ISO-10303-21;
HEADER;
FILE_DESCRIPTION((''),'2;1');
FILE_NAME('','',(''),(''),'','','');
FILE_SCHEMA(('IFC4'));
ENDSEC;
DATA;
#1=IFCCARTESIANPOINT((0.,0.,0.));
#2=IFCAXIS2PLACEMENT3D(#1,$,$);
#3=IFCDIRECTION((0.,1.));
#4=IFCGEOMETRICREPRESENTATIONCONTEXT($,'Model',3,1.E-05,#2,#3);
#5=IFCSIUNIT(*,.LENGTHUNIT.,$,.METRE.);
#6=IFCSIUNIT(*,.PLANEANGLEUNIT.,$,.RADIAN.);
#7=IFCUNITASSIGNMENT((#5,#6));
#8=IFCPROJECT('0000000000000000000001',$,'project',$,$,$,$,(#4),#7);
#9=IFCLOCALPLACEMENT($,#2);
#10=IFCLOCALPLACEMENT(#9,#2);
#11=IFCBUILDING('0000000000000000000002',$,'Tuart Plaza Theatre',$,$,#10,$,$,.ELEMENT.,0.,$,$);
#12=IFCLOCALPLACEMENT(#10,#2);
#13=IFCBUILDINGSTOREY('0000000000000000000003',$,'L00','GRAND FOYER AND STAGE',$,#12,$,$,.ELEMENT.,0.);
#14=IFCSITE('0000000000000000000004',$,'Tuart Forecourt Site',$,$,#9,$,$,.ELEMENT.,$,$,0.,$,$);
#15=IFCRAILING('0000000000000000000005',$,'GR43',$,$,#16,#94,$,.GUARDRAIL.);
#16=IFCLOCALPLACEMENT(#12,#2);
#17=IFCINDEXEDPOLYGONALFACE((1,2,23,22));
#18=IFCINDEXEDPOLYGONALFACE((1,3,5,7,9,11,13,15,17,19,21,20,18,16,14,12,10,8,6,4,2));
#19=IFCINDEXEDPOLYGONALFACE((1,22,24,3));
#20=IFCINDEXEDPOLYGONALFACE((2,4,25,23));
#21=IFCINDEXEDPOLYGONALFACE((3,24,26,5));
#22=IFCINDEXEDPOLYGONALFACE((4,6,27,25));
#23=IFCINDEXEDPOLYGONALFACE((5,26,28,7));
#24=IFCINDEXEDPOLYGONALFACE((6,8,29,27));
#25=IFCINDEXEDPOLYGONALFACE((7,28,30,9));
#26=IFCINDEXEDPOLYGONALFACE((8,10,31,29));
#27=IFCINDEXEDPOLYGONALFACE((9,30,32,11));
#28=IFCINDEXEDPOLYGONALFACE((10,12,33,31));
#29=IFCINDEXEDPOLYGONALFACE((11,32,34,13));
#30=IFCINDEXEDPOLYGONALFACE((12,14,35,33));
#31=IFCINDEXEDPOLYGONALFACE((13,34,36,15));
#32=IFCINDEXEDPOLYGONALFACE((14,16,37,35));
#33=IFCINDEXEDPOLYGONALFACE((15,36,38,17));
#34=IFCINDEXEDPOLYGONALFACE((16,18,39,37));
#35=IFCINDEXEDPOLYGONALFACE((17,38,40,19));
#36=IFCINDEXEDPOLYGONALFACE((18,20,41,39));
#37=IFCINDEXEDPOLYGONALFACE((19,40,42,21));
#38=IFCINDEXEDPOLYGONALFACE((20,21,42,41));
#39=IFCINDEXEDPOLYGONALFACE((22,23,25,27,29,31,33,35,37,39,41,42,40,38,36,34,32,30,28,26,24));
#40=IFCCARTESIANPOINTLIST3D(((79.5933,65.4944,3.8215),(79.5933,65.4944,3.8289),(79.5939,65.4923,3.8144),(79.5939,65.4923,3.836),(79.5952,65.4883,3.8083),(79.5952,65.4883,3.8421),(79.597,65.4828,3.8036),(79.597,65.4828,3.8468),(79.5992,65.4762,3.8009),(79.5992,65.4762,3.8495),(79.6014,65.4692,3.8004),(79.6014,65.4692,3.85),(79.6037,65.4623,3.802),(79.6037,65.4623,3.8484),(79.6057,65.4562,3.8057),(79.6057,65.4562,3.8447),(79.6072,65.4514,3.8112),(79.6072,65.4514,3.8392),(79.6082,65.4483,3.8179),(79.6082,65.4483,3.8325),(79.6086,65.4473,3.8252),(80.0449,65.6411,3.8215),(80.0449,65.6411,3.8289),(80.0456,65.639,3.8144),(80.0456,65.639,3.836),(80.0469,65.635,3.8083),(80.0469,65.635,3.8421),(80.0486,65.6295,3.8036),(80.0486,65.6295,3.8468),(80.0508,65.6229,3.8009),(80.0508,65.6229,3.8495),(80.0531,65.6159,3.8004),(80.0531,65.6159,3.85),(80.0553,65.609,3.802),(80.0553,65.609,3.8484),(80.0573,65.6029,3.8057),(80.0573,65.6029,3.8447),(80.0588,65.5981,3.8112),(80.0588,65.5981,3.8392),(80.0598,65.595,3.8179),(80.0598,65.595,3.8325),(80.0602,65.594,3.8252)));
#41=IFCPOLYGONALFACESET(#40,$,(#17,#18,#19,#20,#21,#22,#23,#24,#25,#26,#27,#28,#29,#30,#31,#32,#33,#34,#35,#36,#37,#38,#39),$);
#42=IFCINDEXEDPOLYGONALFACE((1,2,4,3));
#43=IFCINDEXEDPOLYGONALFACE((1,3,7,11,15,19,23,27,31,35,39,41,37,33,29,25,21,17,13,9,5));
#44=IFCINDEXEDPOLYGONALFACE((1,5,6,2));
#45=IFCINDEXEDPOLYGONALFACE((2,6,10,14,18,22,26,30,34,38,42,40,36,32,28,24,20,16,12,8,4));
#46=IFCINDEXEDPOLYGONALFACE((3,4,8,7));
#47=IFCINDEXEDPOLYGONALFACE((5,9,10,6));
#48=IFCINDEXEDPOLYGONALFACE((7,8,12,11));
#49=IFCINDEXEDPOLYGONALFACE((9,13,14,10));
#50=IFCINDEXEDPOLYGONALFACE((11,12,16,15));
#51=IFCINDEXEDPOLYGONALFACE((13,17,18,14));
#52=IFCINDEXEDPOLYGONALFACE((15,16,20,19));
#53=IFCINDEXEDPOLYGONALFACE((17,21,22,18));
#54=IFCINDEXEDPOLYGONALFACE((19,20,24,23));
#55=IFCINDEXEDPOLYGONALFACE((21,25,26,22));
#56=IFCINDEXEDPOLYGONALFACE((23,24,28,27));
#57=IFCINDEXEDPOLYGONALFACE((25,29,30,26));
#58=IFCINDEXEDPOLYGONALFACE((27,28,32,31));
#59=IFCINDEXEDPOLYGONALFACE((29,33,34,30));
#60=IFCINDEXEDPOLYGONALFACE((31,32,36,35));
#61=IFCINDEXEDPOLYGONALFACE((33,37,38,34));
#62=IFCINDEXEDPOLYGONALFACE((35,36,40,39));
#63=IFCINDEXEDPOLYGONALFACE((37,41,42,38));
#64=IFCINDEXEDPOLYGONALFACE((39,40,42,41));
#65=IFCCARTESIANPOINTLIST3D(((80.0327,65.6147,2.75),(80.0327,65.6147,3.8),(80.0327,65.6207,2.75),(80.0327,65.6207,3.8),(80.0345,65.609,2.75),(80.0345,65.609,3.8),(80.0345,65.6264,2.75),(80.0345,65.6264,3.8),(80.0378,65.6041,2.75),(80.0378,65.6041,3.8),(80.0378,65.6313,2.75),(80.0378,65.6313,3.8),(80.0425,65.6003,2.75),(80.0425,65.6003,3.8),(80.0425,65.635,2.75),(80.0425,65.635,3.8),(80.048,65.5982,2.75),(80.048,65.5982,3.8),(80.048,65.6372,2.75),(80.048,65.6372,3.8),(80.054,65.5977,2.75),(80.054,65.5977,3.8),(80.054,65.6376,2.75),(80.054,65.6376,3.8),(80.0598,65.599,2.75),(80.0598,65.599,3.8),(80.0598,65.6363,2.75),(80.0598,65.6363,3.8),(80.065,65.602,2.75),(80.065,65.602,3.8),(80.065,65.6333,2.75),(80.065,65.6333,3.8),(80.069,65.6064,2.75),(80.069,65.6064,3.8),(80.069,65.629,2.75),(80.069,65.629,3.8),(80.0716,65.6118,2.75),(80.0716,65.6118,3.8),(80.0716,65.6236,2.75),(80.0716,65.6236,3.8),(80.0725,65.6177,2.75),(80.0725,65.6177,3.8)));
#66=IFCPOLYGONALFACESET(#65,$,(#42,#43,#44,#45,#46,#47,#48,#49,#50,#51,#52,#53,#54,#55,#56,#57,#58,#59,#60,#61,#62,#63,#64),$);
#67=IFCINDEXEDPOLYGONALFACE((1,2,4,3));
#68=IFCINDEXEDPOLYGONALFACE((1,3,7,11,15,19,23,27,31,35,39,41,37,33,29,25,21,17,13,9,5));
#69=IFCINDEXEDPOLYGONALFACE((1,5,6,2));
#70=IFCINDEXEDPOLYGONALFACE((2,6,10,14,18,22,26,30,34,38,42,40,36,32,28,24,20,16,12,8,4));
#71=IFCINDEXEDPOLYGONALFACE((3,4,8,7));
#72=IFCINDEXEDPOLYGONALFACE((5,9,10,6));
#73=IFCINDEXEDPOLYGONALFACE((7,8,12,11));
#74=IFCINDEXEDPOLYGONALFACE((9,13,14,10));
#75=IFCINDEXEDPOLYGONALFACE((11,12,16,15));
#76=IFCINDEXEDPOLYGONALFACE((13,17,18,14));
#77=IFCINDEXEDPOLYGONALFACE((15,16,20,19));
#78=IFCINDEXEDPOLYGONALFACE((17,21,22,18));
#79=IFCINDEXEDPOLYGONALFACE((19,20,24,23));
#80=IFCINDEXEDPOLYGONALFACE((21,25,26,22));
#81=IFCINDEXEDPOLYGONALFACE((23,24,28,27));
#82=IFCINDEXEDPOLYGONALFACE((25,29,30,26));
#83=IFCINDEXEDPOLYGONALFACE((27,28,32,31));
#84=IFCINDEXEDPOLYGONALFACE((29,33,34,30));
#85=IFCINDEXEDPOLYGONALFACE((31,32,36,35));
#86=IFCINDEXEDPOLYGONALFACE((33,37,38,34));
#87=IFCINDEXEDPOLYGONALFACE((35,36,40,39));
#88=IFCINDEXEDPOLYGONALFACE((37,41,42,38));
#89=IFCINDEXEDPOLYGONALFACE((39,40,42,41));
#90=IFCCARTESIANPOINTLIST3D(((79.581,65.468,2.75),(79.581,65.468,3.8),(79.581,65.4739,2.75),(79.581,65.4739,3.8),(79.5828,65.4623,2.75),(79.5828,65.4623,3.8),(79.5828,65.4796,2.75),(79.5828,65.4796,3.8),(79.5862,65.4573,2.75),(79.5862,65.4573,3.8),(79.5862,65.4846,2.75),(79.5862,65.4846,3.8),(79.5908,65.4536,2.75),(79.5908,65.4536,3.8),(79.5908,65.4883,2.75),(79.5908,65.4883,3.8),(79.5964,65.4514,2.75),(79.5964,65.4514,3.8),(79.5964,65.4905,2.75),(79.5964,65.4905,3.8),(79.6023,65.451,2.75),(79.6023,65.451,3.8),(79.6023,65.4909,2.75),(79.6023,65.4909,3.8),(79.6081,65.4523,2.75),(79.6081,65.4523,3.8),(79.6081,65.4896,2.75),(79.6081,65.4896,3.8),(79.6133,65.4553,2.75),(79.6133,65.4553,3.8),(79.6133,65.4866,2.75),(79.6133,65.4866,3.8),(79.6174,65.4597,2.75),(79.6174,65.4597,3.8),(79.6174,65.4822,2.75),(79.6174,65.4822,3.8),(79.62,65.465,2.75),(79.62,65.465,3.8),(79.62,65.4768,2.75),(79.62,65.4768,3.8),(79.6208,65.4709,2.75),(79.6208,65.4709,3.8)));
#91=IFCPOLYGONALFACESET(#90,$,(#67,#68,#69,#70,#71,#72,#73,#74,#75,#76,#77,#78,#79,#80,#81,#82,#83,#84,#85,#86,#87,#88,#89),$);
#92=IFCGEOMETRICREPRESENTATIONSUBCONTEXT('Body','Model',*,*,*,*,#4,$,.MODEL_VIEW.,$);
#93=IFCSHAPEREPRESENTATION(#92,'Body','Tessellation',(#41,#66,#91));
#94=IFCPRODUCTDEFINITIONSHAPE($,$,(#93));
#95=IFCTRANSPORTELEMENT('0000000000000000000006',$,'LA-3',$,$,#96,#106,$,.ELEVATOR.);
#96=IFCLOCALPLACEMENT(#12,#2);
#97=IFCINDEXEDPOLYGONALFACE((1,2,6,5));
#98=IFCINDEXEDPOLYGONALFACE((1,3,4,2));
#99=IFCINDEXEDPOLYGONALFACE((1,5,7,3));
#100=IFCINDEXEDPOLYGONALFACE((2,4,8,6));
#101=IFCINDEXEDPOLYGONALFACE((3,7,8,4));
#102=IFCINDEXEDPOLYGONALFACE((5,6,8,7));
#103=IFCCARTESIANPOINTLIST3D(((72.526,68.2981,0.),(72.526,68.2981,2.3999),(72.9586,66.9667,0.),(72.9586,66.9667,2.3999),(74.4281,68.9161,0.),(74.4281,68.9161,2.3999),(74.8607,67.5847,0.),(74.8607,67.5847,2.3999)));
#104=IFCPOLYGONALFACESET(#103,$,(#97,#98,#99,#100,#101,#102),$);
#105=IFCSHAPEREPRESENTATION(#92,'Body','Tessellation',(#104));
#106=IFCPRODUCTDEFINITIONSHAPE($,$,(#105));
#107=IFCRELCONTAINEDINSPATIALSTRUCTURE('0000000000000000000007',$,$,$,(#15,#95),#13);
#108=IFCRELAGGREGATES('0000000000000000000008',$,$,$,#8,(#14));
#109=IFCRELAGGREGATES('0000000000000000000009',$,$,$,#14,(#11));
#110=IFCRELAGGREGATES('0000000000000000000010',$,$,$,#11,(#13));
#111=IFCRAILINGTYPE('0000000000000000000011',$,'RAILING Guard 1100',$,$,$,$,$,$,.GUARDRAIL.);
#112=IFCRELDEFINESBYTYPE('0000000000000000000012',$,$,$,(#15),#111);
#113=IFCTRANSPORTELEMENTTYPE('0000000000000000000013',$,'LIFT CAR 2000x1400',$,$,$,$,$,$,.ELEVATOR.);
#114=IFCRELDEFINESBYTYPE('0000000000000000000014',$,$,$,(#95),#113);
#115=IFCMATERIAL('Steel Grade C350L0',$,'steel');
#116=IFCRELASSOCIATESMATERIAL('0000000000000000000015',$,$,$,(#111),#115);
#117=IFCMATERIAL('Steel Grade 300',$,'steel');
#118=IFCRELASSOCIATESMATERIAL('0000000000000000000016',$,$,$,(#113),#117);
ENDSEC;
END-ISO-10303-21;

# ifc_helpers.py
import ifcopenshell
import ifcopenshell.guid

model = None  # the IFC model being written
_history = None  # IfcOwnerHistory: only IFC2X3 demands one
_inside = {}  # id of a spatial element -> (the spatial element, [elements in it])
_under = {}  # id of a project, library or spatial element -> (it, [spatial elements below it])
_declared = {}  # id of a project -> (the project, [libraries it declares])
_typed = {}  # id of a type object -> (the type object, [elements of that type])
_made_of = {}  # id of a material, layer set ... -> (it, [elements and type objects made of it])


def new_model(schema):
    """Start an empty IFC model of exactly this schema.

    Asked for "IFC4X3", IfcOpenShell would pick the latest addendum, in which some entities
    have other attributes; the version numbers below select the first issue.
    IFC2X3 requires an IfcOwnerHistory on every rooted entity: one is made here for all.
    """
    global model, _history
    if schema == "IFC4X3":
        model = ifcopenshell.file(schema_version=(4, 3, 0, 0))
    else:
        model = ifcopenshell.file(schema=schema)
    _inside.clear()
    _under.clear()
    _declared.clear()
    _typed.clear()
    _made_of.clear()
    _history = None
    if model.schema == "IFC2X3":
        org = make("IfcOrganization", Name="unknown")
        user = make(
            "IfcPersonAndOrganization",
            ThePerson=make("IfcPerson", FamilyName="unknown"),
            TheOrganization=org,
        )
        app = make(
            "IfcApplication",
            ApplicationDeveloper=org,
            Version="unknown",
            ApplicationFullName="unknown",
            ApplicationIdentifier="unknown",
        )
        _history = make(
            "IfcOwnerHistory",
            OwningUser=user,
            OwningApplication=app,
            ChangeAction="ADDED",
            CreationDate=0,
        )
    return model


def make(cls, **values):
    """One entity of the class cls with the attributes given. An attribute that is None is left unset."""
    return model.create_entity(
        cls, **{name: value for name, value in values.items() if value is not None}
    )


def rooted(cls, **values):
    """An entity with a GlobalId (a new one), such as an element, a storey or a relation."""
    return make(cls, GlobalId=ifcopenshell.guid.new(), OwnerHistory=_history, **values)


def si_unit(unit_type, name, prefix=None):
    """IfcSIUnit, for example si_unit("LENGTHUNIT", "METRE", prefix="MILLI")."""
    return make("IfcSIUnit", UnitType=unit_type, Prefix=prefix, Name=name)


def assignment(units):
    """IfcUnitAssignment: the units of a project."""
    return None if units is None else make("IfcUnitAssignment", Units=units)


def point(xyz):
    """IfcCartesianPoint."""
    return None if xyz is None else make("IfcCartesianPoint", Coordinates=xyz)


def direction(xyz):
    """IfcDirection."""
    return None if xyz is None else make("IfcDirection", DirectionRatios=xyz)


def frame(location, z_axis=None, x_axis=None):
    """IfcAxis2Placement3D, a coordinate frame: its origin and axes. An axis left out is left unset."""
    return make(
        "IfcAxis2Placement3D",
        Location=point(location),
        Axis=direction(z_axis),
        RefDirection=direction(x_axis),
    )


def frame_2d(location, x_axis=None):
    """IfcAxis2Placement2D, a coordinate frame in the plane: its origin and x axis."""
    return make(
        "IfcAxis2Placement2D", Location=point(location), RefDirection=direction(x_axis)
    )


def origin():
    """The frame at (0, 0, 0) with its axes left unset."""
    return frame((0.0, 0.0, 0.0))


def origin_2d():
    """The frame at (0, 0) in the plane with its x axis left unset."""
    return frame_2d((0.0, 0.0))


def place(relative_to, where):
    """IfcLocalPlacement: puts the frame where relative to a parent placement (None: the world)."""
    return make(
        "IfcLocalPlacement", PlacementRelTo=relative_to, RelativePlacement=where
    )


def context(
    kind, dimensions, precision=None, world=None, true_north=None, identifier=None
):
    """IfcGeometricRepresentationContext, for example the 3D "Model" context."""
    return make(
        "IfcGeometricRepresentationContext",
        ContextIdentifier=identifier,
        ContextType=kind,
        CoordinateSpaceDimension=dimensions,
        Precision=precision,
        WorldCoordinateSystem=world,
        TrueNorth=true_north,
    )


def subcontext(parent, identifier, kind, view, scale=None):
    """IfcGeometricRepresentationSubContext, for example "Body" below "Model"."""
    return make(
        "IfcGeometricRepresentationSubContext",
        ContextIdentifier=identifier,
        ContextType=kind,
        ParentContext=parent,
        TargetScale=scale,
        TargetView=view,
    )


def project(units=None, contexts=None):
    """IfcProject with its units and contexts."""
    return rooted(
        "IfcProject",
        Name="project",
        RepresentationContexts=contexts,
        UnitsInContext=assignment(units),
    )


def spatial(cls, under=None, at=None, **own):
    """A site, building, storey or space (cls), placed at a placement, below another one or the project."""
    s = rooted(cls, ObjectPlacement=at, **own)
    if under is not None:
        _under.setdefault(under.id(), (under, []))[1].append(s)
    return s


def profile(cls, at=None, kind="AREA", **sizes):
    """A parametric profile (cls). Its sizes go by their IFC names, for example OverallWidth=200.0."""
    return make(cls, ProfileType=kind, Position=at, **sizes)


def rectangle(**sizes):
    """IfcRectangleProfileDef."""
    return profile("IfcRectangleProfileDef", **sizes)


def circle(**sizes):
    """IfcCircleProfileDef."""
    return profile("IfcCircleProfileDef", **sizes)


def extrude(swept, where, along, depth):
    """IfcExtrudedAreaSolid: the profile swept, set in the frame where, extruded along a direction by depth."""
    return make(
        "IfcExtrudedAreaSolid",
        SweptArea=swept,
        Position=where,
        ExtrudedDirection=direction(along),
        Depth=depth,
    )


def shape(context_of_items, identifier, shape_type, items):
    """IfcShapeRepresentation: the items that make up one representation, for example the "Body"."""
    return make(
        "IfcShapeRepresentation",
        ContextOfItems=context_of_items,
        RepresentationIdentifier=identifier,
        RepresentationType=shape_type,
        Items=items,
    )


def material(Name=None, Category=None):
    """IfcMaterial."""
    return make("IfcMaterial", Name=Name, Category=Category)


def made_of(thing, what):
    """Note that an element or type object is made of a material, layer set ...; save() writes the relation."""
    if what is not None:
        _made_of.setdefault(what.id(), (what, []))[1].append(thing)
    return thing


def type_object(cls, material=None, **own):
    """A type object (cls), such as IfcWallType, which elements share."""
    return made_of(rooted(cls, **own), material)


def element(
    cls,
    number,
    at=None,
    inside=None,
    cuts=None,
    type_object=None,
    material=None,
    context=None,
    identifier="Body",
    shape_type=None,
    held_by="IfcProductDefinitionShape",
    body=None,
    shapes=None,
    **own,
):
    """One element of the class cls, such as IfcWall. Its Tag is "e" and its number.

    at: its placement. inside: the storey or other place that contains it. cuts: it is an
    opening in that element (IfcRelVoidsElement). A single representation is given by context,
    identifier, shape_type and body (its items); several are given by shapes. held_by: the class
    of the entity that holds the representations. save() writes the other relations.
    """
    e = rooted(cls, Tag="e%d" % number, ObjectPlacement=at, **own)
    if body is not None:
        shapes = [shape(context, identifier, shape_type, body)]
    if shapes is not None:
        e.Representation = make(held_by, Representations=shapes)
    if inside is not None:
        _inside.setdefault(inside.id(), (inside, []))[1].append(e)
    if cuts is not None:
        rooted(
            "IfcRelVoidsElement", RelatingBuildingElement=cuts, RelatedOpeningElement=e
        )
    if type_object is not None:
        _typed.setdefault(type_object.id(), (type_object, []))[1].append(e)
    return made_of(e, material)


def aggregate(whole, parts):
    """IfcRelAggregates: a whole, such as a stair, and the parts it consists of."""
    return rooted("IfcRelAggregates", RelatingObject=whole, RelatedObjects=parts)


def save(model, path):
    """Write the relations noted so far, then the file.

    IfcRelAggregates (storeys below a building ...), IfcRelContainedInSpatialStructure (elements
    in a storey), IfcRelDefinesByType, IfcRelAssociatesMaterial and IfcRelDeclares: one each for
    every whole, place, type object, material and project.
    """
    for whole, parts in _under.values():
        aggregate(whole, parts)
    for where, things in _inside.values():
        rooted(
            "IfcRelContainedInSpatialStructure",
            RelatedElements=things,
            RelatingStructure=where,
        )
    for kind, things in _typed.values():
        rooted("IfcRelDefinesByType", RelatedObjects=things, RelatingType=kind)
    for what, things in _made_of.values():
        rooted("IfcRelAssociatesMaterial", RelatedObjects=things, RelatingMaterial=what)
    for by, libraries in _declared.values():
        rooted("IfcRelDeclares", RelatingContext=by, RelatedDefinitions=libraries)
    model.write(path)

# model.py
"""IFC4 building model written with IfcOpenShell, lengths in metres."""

from ifc_helpers import new_model, si_unit, direction, frame, origin, origin_2d, place, context, subcontext, project, spatial, rectangle, circle, extrude, material, type_object, element, save


model = new_model("IFC4")

# Units and contexts
model_context = context("Model", 3, precision=1e-05, world=origin(), true_north=direction((0.0, 1.0)))
body_context = subcontext(model_context, "Body", "Model", "MODEL_VIEW")
ifc_project = project(units=[si_unit("LENGTHUNIT", "METRE"), si_unit("PLANEANGLEUNIT", "RADIAN")], contexts=[model_context])

# Site, building, storey
site_placement = place(None, origin())
site = spatial("IfcSite", under=ifc_project, at=site_placement, Name="Tuart Forecourt Site", CompositionType="ELEMENT", RefElevation=0.0)
building_placement = place(site_placement, origin())
building = spatial("IfcBuilding", under=site, at=building_placement, Name="Tuart Plaza Theatre", CompositionType="ELEMENT", ElevationOfRefHeight=0.0)
storey_placement = place(building_placement, origin())
storey = spatial("IfcBuildingStorey", under=building, at=storey_placement, Name="L00", Description="GRAND FOYER AND STAGE", CompositionType="ELEMENT", Elevation=0.0)

# Railing
ifc_material_1 = material(Name="Steel Grade C350L0", Category="steel")
railing_type_1 = type_object("IfcRailingType", Name="RAILING Guard 1100", PredefinedType="GUARDRAIL", material=ifc_material_1)
railing_1_placement = place(storey_placement, frame((80.0525, 65.6177, 2.75)))
element("IfcRailing", 1, at=railing_1_placement, inside=storey, type_object=railing_type_1, Name="GR43", PredefinedType="GUARDRAIL", context=body_context, shape_type="SweptSolid", body=[
    extrude(circle(Radius=0.0249, at=origin_2d()), frame((0.0, 0.0, 1.0752), z_axis=(-0.951072, -0.30897, 0.0), x_axis=(0.30897, -0.951072, 0.0)), (0.0, 0.0, 1.0), 0.4749),
    extrude(circle(Radius=0.02, at=origin_2d()), origin(), (0.0, 0.0, 1.0), 1.05),
    extrude(circle(Radius=0.02, at=origin_2d()), frame((-0.4517, -0.1467, 0.0)), (0.0, 0.0, 1.0), 1.05),
])

# Transport element
ifc_material_2 = material(Name="Steel Grade 300", Category="steel")
transport_element_type = type_object("IfcTransportElementType", Name="LIFT CAR 2000x1400", PredefinedType="ELEVATOR", material=ifc_material_2)
transport_element_placement = place(storey_placement, frame((73.6934, 67.9414, 0.0), z_axis=(0.0, 0.0, 1.0), x_axis=(0.951057, 0.309017, 0.0)))
element("IfcTransportElement", 2, at=transport_element_placement, inside=storey, type_object=transport_element_type, Name="LA-3", PredefinedType="ELEVATOR", context=body_context, shape_type="SweptSolid", body=[
    extrude(rectangle(XDim=2.0, YDim=1.3999, at=origin_2d()), origin(), (0.0, 0.0, 1.0), 2.3999),
])

save(model, "model.ifc")
